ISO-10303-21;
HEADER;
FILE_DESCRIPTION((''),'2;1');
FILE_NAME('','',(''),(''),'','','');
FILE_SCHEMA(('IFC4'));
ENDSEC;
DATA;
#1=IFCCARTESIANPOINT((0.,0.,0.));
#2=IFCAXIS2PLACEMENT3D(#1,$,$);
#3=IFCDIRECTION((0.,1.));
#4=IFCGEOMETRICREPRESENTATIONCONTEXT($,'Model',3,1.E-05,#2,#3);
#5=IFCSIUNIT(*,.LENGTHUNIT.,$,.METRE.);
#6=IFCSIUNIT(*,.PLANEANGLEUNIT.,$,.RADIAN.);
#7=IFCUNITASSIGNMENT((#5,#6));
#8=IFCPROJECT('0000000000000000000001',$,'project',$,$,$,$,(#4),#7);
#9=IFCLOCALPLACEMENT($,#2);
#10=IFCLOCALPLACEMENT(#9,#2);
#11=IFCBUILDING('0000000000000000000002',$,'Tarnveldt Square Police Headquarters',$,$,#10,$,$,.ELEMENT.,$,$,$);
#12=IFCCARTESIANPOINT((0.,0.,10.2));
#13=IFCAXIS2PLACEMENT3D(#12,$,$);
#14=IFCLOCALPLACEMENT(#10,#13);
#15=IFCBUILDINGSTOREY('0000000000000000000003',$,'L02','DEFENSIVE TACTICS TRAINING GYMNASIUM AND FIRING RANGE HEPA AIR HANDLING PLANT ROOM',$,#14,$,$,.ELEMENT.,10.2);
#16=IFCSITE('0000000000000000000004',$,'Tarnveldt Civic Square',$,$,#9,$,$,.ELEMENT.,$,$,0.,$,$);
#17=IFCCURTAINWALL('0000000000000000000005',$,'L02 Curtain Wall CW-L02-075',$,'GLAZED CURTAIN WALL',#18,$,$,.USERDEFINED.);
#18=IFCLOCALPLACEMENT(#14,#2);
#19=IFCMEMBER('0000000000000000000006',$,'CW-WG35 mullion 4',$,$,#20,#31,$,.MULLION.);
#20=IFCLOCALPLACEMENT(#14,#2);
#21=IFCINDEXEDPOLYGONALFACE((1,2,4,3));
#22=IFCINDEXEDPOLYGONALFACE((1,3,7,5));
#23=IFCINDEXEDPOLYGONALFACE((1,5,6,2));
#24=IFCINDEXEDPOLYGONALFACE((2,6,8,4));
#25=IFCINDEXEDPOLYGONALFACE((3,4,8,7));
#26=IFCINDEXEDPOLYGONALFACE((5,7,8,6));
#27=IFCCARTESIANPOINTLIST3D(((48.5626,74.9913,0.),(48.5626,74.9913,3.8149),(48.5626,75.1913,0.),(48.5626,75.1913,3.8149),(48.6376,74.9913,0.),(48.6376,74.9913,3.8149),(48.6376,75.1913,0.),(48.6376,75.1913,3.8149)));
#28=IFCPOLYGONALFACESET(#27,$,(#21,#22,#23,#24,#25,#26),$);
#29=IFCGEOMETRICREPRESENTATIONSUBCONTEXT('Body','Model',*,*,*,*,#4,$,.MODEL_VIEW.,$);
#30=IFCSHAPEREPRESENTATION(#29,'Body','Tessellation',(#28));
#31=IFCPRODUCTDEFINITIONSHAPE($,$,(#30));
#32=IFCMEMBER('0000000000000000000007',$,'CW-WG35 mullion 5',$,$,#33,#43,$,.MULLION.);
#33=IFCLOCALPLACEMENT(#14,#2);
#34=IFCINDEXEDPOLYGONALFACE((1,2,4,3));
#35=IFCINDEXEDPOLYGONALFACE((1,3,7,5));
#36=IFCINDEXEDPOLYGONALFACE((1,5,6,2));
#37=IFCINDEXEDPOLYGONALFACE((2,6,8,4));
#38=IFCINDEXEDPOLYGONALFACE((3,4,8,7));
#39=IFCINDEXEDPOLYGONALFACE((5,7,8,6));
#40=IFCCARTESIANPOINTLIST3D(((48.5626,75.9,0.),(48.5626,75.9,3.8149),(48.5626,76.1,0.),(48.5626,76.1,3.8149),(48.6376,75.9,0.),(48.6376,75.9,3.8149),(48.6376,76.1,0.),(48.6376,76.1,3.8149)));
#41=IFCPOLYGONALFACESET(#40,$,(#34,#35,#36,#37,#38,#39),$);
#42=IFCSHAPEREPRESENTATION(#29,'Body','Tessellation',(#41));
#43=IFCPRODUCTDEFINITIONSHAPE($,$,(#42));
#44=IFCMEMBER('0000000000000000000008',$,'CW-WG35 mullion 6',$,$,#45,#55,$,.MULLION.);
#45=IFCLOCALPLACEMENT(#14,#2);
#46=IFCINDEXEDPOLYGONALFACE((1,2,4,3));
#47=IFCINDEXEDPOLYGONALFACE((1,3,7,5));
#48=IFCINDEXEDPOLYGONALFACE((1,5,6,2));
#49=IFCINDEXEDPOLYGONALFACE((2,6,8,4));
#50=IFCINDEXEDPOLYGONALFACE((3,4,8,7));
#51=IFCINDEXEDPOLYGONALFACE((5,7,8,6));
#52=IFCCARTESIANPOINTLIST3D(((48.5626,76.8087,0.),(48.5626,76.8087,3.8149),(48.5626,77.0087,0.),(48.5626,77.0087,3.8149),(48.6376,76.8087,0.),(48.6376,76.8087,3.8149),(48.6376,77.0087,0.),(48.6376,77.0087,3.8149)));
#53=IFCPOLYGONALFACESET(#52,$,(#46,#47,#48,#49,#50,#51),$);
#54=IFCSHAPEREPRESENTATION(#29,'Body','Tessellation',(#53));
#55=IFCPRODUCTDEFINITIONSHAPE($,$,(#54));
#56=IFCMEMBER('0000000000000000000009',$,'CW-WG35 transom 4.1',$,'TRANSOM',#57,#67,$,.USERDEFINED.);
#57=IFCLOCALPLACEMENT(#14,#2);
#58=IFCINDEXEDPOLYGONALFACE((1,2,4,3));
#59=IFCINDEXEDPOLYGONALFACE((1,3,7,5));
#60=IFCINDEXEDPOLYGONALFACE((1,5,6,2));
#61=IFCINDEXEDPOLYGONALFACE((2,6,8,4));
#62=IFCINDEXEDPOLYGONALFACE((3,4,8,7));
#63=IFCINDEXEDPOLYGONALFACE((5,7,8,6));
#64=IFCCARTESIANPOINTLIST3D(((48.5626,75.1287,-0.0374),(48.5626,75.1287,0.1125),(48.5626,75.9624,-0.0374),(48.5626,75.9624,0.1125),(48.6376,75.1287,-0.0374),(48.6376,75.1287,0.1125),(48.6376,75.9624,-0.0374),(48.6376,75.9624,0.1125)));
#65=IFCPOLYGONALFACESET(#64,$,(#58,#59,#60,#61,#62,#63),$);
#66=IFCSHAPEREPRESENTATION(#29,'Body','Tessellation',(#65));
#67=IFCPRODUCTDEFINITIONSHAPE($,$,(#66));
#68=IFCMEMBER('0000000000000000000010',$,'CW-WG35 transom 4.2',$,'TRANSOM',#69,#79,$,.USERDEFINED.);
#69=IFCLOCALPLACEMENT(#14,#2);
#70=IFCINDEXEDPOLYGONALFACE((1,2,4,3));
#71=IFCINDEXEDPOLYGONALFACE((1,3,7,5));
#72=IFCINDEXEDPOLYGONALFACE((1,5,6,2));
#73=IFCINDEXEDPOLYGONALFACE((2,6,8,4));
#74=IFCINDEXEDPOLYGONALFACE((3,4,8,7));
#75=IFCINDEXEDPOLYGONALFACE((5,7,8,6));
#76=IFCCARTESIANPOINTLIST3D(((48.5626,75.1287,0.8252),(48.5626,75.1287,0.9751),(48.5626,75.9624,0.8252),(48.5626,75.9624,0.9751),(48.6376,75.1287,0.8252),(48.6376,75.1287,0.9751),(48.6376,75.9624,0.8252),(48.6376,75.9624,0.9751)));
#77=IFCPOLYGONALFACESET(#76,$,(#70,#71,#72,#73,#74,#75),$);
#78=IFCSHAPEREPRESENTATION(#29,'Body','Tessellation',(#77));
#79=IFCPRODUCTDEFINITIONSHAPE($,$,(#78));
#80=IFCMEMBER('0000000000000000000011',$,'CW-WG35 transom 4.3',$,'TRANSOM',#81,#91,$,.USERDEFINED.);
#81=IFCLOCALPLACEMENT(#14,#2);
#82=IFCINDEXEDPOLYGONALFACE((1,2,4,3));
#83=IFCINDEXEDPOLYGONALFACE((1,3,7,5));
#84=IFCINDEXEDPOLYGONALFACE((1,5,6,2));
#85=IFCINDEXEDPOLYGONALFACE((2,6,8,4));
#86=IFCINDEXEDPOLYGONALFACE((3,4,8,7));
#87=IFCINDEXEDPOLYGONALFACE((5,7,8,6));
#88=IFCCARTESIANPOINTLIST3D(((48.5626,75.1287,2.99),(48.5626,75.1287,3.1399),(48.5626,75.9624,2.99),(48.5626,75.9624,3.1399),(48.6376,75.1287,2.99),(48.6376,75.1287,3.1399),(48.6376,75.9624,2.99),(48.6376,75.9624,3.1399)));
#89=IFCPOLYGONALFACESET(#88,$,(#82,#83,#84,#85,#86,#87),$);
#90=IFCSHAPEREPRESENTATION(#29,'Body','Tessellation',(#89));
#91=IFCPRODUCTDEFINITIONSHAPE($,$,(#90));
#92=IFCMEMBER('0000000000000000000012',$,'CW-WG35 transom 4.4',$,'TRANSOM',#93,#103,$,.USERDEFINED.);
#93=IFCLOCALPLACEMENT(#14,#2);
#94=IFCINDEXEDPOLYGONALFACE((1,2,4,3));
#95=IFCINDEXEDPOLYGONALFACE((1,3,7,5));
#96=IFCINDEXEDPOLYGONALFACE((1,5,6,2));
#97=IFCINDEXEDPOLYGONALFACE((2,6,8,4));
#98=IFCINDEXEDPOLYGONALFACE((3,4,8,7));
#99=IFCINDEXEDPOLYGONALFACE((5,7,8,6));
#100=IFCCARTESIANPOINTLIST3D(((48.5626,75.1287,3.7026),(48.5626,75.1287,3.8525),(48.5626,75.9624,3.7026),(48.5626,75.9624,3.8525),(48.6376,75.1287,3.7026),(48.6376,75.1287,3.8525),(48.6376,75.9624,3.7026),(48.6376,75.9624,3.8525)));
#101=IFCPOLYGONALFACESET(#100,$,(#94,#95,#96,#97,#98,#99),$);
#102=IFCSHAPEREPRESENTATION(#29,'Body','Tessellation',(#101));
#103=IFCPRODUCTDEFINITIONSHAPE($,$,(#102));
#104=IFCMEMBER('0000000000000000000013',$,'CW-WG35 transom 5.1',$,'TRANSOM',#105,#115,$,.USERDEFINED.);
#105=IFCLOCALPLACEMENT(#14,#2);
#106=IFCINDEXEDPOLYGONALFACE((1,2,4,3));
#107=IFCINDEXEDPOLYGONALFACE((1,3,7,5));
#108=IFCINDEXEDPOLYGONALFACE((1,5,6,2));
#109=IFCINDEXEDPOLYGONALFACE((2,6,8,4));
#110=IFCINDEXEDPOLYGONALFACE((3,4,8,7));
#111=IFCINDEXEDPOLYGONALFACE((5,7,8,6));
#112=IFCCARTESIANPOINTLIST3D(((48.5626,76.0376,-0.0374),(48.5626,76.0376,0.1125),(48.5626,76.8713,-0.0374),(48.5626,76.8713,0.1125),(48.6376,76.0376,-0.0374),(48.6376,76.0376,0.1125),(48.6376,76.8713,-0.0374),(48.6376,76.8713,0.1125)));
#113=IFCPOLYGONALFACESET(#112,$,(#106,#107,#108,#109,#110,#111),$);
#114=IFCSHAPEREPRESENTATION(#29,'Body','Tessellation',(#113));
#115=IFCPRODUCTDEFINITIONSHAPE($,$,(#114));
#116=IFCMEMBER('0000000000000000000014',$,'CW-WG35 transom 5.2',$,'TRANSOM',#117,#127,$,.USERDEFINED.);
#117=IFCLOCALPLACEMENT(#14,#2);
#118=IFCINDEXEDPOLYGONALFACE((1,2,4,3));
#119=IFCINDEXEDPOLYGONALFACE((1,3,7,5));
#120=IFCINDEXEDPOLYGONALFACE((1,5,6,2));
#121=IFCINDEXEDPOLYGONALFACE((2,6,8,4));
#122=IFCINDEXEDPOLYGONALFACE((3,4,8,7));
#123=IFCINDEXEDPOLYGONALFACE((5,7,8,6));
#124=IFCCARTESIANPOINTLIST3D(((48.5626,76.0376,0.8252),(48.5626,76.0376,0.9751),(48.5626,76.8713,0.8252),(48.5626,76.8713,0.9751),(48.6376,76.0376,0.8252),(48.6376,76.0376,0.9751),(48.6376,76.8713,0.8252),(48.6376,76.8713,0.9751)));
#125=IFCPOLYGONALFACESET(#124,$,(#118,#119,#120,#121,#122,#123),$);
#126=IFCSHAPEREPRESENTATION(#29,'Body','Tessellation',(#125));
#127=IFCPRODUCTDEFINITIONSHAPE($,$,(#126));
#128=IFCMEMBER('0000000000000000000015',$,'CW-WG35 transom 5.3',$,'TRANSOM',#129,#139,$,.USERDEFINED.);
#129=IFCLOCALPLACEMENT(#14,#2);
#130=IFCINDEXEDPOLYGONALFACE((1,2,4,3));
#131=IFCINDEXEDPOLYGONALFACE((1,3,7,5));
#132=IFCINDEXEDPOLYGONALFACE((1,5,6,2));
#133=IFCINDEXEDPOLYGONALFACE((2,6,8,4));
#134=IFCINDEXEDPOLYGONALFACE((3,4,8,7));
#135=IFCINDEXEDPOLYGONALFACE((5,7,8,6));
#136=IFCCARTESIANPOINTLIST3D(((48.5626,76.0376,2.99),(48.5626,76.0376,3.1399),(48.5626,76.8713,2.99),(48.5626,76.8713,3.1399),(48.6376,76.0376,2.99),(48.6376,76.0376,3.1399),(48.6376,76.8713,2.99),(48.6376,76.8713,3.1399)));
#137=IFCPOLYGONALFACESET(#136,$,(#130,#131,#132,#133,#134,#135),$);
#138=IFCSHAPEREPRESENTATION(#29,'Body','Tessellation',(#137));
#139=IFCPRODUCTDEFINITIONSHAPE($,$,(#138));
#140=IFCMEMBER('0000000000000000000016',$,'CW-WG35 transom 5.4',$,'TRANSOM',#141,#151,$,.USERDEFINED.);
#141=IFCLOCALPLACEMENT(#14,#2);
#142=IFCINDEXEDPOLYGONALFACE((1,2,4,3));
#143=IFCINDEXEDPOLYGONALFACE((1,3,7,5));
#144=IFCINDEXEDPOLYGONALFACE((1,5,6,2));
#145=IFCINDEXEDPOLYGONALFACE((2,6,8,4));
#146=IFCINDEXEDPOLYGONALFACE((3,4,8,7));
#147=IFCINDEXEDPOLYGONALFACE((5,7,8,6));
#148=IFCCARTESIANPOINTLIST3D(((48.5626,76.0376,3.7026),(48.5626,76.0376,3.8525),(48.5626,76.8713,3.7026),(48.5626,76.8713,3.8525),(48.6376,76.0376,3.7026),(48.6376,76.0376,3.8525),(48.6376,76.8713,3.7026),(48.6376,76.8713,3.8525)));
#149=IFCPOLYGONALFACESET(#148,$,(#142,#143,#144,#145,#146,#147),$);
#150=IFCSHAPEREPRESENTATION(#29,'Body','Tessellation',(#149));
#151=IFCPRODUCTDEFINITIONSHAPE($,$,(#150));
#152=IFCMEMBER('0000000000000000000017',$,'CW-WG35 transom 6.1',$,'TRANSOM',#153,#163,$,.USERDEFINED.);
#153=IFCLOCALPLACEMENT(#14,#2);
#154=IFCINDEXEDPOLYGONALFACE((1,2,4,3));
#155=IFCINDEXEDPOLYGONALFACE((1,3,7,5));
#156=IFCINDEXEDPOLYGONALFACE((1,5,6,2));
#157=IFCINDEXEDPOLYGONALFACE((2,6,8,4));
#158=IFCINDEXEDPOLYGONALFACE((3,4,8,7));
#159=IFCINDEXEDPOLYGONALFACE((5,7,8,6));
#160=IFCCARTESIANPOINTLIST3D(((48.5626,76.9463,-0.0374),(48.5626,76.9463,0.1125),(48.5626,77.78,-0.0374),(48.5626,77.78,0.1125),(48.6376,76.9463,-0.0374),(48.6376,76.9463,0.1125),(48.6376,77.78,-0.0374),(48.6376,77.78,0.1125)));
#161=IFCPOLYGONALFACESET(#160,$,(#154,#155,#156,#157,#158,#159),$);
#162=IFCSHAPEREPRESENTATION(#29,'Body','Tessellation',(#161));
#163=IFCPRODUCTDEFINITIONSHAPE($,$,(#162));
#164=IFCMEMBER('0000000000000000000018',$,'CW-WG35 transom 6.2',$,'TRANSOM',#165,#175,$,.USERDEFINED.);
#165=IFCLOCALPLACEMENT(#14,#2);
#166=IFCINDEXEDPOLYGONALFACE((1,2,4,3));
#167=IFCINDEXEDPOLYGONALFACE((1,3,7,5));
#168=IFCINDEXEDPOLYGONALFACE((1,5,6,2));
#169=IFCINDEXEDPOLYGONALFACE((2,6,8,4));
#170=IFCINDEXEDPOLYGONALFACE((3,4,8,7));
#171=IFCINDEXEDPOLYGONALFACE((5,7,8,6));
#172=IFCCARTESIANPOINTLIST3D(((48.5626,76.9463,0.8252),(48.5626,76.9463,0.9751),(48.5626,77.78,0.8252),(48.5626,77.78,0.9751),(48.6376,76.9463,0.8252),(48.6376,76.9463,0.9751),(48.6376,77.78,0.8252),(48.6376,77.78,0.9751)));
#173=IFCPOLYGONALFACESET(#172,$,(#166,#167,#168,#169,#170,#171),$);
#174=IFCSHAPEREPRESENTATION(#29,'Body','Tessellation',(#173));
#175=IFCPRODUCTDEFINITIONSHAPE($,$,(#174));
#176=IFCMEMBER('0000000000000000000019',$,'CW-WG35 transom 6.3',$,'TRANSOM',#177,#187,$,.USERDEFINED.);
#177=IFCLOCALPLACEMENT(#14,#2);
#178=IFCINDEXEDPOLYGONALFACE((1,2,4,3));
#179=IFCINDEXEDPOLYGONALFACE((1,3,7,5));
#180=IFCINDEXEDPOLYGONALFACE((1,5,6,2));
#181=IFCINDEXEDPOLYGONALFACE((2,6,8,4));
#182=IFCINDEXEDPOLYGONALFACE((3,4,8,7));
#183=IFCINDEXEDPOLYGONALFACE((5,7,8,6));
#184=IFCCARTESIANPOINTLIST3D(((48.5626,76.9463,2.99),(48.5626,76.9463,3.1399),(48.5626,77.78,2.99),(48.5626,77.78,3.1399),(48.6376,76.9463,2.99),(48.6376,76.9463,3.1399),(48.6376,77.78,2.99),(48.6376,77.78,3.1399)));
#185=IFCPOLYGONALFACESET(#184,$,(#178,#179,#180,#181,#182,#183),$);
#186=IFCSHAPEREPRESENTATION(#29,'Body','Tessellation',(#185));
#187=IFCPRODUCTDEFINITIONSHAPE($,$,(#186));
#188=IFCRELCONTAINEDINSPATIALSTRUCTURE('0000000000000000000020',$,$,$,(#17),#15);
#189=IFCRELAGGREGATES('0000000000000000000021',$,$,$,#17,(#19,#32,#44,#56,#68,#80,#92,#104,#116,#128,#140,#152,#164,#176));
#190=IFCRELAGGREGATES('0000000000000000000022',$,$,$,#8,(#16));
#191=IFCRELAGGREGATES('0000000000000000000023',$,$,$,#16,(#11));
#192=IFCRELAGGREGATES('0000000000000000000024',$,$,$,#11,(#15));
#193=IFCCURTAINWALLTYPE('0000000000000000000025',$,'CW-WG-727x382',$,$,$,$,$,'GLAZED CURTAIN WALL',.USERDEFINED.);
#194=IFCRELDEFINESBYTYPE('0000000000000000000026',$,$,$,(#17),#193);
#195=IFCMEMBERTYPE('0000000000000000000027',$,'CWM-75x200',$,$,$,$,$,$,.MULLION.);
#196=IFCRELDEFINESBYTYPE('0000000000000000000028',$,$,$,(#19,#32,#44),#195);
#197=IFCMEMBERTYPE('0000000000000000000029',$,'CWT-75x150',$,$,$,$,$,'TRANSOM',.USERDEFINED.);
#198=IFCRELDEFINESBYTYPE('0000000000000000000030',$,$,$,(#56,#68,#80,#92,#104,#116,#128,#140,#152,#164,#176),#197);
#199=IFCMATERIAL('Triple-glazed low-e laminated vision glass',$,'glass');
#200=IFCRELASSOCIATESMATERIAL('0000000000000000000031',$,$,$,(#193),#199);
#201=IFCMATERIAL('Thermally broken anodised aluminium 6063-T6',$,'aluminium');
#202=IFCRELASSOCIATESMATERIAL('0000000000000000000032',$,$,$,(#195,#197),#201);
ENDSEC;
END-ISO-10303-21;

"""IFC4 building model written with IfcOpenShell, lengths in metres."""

from ifc_helpers import new_model, si_unit, direction, frame, origin, origin_2d, place, context, subcontext, project, spatial, rectangle, extrude, material, material_profile, profile_set, type_object, element, aggregate, save


model = new_model("IFC4")

# Units and contexts
model_context = context("Model", 3, precision=1e-05, world=origin(), true_north=direction((0.0, 1.0)))
body_context = subcontext(model_context, "Body", "Model", "MODEL_VIEW")
ifc_project = project(units=[si_unit("LENGTHUNIT", "METRE"), si_unit("PLANEANGLEUNIT", "RADIAN")], contexts=[model_context])

# Site, building, storey
site_placement = place(None, origin())
site = spatial("IfcSite", under=ifc_project, at=site_placement, Name="Tarnveldt Civic Square", CompositionType="ELEMENT", RefElevation=0.0)
building_placement = place(site_placement, origin())
building = spatial("IfcBuilding", under=site, at=building_placement, Name="Tarnveldt Square Police Headquarters", CompositionType="ELEMENT")
storey_placement = place(building_placement, frame((0.0, 0.0, 10.2)))
storey = spatial("IfcBuildingStorey", under=building, at=storey_placement, Name="L02", Description="DEFENSIVE TACTICS TRAINING GYMNASIUM AND FIRING RANGE HEPA AIR HANDLING PLANT ROOM", CompositionType="ELEMENT", Elevation=10.2)

# Curtain wall, members
ifc_material_1 = material(Name="Triple-glazed low-e laminated vision glass", Category="glass")
curtain_wall_type = type_object("IfcCurtainWallType", Name="CW-WG-727x382", ElementType="GLAZED CURTAIN WALL", PredefinedType="USERDEFINED", material=ifc_material_1)
curtain_wall_placement = place(storey_placement, origin())
curtain_wall = element("IfcCurtainWall", 1, at=curtain_wall_placement, inside=storey, type_object=curtain_wall_type, Name="L02 Curtain Wall CW-L02-075", ObjectType="GLAZED CURTAIN WALL", PredefinedType="USERDEFINED")
ifc_material_2 = material(Name="Thermally broken anodised aluminium 6063-T6", Category="aluminium")
ifc_material_profile_1 = material_profile(ifc_material_2, rectangle(XDim=0.075, YDim=0.2, at=origin_2d()), Name="CW-M75x200")
ifc_profile_set_1 = profile_set([ifc_material_profile_1], Name="Thermally broken anodised aluminium 6063-T6")
member_type_1 = type_object("IfcMemberType", Name="CWM-75x200", PredefinedType="MULLION", material=ifc_profile_set_1)
member_1_placement = place(storey_placement, frame((48.6001, 75.0913, 0.0), z_axis=(0.0, 0.0, 1.0), x_axis=(-1.0, 0.0, 0.0)))
member_1 = element("IfcMember", 2, at=member_1_placement, type_object=member_type_1, Name="CW-WG35 mullion 4", PredefinedType="MULLION", context=body_context, shape_type="SweptSolid", body=[
    extrude(rectangle(XDim=0.075, YDim=0.2, at=origin_2d()), origin(), (0.0, 0.0, 1.0), 3.8149),
])
member_2_placement = place(storey_placement, frame((48.6001, 76.0, 0.0), z_axis=(0.0, 0.0, 1.0), x_axis=(-1.0, 0.0, 0.0)))
member_2 = element("IfcMember", 3, at=member_2_placement, type_object=member_type_1, Name="CW-WG35 mullion 5", PredefinedType="MULLION", context=body_context, shape_type="SweptSolid", body=[
    extrude(rectangle(XDim=0.075, YDim=0.2, at=origin_2d()), origin(), (0.0, 0.0, 1.0), 3.8149),
])
member_3_placement = place(storey_placement, frame((48.6001, 76.9087, 0.0), z_axis=(0.0, 0.0, 1.0), x_axis=(-1.0, 0.0, 0.0)))
member_3 = element("IfcMember", 4, at=member_3_placement, type_object=member_type_1, Name="CW-WG35 mullion 6", PredefinedType="MULLION", context=body_context, shape_type="SweptSolid", body=[
    extrude(rectangle(XDim=0.075, YDim=0.2, at=origin_2d()), origin(), (0.0, 0.0, 1.0), 3.8149),
])
ifc_material_profile_2 = material_profile(ifc_material_2, rectangle(XDim=0.075, YDim=0.1499, at=origin_2d()), Name="CW-T75x150")
ifc_profile_set_2 = profile_set([ifc_material_profile_2], Name="Thermally broken anodised aluminium 6063-T6")
member_type_2 = type_object("IfcMemberType", Name="CWT-75x150", ElementType="TRANSOM", PredefinedType="USERDEFINED", material=ifc_profile_set_2)
member_4_placement = place(storey_placement, frame((48.6001, 75.1287, 0.0376), z_axis=(0.0, 1.0, 0.0), x_axis=(-1.0, 0.0, 0.0)))
member_4 = element("IfcMember", 5, at=member_4_placement, type_object=member_type_2, Name="CW-WG35 transom 4.1", ObjectType="TRANSOM", PredefinedType="USERDEFINED", context=body_context, shape_type="SweptSolid", body=[
    extrude(rectangle(XDim=0.075, YDim=0.1499, at=origin_2d()), origin(), (0.0, 0.0, 1.0), 0.8337),
])
member_5_placement = place(storey_placement, frame((48.6001, 75.1287, 0.9001), z_axis=(0.0, 1.0, 0.0), x_axis=(-1.0, 0.0, 0.0)))
member_5 = element("IfcMember", 6, at=member_5_placement, type_object=member_type_2, Name="CW-WG35 transom 4.2", ObjectType="TRANSOM", PredefinedType="USERDEFINED", context=body_context, shape_type="SweptSolid", body=[
    extrude(rectangle(XDim=0.075, YDim=0.1499, at=origin_2d()), origin(), (0.0, 0.0, 1.0), 0.8337),
])
member_6_placement = place(storey_placement, frame((48.6001, 75.1287, 3.0649), z_axis=(0.0, 1.0, 0.0), x_axis=(-1.0, 0.0, 0.0)))
member_6 = element("IfcMember", 7, at=member_6_placement, type_object=member_type_2, Name="CW-WG35 transom 4.3", ObjectType="TRANSOM", PredefinedType="USERDEFINED", context=body_context, shape_type="SweptSolid", body=[
    extrude(rectangle(XDim=0.075, YDim=0.1499, at=origin_2d()), origin(), (0.0, 0.0, 1.0), 0.8337),
])
member_7_placement = place(storey_placement, frame((48.6001, 75.1287, 3.7776), z_axis=(0.0, 1.0, 0.0), x_axis=(-1.0, 0.0, 0.0)))
member_7 = element("IfcMember", 8, at=member_7_placement, type_object=member_type_2, Name="CW-WG35 transom 4.4", ObjectType="TRANSOM", PredefinedType="USERDEFINED", context=body_context, shape_type="SweptSolid", body=[
    extrude(rectangle(XDim=0.075, YDim=0.1499, at=origin_2d()), origin(), (0.0, 0.0, 1.0), 0.8337),
])
member_8_placement = place(storey_placement, frame((48.6001, 76.0376, 0.0376), z_axis=(0.0, 1.0, 0.0), x_axis=(-1.0, 0.0, 0.0)))
member_8 = element("IfcMember", 9, at=member_8_placement, type_object=member_type_2, Name="CW-WG35 transom 5.1", ObjectType="TRANSOM", PredefinedType="USERDEFINED", context=body_context, shape_type="SweptSolid", body=[
    extrude(rectangle(XDim=0.075, YDim=0.1499, at=origin_2d()), origin(), (0.0, 0.0, 1.0), 0.8337),
])
member_9_placement = place(storey_placement, frame((48.6001, 76.0376, 0.9001), z_axis=(0.0, 1.0, 0.0), x_axis=(-1.0, 0.0, 0.0)))
member_9 = element("IfcMember", 10, at=member_9_placement, type_object=member_type_2, Name="CW-WG35 transom 5.2", ObjectType="TRANSOM", PredefinedType="USERDEFINED", context=body_context, shape_type="SweptSolid", body=[
    extrude(rectangle(XDim=0.075, YDim=0.1499, at=origin_2d()), origin(), (0.0, 0.0, 1.0), 0.8337),
])
member_10_placement = place(storey_placement, frame((48.6001, 76.0376, 3.0649), z_axis=(0.0, 1.0, 0.0), x_axis=(-1.0, 0.0, 0.0)))
member_10 = element("IfcMember", 11, at=member_10_placement, type_object=member_type_2, Name="CW-WG35 transom 5.3", ObjectType="TRANSOM", PredefinedType="USERDEFINED", context=body_context, shape_type="SweptSolid", body=[
    extrude(rectangle(XDim=0.075, YDim=0.1499, at=origin_2d()), origin(), (0.0, 0.0, 1.0), 0.8337),
])
member_11_placement = place(storey_placement, frame((48.6001, 76.0376, 3.7776), z_axis=(0.0, 1.0, 0.0), x_axis=(-1.0, 0.0, 0.0)))
member_11 = element("IfcMember", 12, at=member_11_placement, type_object=member_type_2, Name="CW-WG35 transom 5.4", ObjectType="TRANSOM", PredefinedType="USERDEFINED", context=body_context, shape_type="SweptSolid", body=[
    extrude(rectangle(XDim=0.075, YDim=0.1499, at=origin_2d()), origin(), (0.0, 0.0, 1.0), 0.8337),
])
member_12_placement = place(storey_placement, frame((48.6001, 76.9463, 0.0376), z_axis=(0.0, 1.0, 0.0), x_axis=(-1.0, 0.0, 0.0)))
member_12 = element("IfcMember", 13, at=member_12_placement, type_object=member_type_2, Name="CW-WG35 transom 6.1", ObjectType="TRANSOM", PredefinedType="USERDEFINED", context=body_context, shape_type="SweptSolid", body=[
    extrude(rectangle(XDim=0.075, YDim=0.1499, at=origin_2d()), origin(), (0.0, 0.0, 1.0), 0.8337),
])
member_13_placement = place(storey_placement, frame((48.6001, 76.9463, 0.9001), z_axis=(0.0, 1.0, 0.0), x_axis=(-1.0, 0.0, 0.0)))
member_13 = element("IfcMember", 14, at=member_13_placement, type_object=member_type_2, Name="CW-WG35 transom 6.2", ObjectType="TRANSOM", PredefinedType="USERDEFINED", context=body_context, shape_type="SweptSolid", body=[
    extrude(rectangle(XDim=0.075, YDim=0.1499, at=origin_2d()), origin(), (0.0, 0.0, 1.0), 0.8337),
])
member_14_placement = place(storey_placement, frame((48.6001, 76.9463, 3.0649), z_axis=(0.0, 1.0, 0.0), x_axis=(-1.0, 0.0, 0.0)))
member_14 = element("IfcMember", 15, at=member_14_placement, type_object=member_type_2, Name="CW-WG35 transom 6.3", ObjectType="TRANSOM", PredefinedType="USERDEFINED", context=body_context, shape_type="SweptSolid", body=[
    extrude(rectangle(XDim=0.075, YDim=0.1499, at=origin_2d()), origin(), (0.0, 0.0, 1.0), 0.8337),
])
aggregate(curtain_wall, [member_1, member_2, member_3, member_4, member_5, member_6, member_7, member_8, member_9, member_10, member_11, member_12, member_13, member_14])

save(model, "model.ifc")
